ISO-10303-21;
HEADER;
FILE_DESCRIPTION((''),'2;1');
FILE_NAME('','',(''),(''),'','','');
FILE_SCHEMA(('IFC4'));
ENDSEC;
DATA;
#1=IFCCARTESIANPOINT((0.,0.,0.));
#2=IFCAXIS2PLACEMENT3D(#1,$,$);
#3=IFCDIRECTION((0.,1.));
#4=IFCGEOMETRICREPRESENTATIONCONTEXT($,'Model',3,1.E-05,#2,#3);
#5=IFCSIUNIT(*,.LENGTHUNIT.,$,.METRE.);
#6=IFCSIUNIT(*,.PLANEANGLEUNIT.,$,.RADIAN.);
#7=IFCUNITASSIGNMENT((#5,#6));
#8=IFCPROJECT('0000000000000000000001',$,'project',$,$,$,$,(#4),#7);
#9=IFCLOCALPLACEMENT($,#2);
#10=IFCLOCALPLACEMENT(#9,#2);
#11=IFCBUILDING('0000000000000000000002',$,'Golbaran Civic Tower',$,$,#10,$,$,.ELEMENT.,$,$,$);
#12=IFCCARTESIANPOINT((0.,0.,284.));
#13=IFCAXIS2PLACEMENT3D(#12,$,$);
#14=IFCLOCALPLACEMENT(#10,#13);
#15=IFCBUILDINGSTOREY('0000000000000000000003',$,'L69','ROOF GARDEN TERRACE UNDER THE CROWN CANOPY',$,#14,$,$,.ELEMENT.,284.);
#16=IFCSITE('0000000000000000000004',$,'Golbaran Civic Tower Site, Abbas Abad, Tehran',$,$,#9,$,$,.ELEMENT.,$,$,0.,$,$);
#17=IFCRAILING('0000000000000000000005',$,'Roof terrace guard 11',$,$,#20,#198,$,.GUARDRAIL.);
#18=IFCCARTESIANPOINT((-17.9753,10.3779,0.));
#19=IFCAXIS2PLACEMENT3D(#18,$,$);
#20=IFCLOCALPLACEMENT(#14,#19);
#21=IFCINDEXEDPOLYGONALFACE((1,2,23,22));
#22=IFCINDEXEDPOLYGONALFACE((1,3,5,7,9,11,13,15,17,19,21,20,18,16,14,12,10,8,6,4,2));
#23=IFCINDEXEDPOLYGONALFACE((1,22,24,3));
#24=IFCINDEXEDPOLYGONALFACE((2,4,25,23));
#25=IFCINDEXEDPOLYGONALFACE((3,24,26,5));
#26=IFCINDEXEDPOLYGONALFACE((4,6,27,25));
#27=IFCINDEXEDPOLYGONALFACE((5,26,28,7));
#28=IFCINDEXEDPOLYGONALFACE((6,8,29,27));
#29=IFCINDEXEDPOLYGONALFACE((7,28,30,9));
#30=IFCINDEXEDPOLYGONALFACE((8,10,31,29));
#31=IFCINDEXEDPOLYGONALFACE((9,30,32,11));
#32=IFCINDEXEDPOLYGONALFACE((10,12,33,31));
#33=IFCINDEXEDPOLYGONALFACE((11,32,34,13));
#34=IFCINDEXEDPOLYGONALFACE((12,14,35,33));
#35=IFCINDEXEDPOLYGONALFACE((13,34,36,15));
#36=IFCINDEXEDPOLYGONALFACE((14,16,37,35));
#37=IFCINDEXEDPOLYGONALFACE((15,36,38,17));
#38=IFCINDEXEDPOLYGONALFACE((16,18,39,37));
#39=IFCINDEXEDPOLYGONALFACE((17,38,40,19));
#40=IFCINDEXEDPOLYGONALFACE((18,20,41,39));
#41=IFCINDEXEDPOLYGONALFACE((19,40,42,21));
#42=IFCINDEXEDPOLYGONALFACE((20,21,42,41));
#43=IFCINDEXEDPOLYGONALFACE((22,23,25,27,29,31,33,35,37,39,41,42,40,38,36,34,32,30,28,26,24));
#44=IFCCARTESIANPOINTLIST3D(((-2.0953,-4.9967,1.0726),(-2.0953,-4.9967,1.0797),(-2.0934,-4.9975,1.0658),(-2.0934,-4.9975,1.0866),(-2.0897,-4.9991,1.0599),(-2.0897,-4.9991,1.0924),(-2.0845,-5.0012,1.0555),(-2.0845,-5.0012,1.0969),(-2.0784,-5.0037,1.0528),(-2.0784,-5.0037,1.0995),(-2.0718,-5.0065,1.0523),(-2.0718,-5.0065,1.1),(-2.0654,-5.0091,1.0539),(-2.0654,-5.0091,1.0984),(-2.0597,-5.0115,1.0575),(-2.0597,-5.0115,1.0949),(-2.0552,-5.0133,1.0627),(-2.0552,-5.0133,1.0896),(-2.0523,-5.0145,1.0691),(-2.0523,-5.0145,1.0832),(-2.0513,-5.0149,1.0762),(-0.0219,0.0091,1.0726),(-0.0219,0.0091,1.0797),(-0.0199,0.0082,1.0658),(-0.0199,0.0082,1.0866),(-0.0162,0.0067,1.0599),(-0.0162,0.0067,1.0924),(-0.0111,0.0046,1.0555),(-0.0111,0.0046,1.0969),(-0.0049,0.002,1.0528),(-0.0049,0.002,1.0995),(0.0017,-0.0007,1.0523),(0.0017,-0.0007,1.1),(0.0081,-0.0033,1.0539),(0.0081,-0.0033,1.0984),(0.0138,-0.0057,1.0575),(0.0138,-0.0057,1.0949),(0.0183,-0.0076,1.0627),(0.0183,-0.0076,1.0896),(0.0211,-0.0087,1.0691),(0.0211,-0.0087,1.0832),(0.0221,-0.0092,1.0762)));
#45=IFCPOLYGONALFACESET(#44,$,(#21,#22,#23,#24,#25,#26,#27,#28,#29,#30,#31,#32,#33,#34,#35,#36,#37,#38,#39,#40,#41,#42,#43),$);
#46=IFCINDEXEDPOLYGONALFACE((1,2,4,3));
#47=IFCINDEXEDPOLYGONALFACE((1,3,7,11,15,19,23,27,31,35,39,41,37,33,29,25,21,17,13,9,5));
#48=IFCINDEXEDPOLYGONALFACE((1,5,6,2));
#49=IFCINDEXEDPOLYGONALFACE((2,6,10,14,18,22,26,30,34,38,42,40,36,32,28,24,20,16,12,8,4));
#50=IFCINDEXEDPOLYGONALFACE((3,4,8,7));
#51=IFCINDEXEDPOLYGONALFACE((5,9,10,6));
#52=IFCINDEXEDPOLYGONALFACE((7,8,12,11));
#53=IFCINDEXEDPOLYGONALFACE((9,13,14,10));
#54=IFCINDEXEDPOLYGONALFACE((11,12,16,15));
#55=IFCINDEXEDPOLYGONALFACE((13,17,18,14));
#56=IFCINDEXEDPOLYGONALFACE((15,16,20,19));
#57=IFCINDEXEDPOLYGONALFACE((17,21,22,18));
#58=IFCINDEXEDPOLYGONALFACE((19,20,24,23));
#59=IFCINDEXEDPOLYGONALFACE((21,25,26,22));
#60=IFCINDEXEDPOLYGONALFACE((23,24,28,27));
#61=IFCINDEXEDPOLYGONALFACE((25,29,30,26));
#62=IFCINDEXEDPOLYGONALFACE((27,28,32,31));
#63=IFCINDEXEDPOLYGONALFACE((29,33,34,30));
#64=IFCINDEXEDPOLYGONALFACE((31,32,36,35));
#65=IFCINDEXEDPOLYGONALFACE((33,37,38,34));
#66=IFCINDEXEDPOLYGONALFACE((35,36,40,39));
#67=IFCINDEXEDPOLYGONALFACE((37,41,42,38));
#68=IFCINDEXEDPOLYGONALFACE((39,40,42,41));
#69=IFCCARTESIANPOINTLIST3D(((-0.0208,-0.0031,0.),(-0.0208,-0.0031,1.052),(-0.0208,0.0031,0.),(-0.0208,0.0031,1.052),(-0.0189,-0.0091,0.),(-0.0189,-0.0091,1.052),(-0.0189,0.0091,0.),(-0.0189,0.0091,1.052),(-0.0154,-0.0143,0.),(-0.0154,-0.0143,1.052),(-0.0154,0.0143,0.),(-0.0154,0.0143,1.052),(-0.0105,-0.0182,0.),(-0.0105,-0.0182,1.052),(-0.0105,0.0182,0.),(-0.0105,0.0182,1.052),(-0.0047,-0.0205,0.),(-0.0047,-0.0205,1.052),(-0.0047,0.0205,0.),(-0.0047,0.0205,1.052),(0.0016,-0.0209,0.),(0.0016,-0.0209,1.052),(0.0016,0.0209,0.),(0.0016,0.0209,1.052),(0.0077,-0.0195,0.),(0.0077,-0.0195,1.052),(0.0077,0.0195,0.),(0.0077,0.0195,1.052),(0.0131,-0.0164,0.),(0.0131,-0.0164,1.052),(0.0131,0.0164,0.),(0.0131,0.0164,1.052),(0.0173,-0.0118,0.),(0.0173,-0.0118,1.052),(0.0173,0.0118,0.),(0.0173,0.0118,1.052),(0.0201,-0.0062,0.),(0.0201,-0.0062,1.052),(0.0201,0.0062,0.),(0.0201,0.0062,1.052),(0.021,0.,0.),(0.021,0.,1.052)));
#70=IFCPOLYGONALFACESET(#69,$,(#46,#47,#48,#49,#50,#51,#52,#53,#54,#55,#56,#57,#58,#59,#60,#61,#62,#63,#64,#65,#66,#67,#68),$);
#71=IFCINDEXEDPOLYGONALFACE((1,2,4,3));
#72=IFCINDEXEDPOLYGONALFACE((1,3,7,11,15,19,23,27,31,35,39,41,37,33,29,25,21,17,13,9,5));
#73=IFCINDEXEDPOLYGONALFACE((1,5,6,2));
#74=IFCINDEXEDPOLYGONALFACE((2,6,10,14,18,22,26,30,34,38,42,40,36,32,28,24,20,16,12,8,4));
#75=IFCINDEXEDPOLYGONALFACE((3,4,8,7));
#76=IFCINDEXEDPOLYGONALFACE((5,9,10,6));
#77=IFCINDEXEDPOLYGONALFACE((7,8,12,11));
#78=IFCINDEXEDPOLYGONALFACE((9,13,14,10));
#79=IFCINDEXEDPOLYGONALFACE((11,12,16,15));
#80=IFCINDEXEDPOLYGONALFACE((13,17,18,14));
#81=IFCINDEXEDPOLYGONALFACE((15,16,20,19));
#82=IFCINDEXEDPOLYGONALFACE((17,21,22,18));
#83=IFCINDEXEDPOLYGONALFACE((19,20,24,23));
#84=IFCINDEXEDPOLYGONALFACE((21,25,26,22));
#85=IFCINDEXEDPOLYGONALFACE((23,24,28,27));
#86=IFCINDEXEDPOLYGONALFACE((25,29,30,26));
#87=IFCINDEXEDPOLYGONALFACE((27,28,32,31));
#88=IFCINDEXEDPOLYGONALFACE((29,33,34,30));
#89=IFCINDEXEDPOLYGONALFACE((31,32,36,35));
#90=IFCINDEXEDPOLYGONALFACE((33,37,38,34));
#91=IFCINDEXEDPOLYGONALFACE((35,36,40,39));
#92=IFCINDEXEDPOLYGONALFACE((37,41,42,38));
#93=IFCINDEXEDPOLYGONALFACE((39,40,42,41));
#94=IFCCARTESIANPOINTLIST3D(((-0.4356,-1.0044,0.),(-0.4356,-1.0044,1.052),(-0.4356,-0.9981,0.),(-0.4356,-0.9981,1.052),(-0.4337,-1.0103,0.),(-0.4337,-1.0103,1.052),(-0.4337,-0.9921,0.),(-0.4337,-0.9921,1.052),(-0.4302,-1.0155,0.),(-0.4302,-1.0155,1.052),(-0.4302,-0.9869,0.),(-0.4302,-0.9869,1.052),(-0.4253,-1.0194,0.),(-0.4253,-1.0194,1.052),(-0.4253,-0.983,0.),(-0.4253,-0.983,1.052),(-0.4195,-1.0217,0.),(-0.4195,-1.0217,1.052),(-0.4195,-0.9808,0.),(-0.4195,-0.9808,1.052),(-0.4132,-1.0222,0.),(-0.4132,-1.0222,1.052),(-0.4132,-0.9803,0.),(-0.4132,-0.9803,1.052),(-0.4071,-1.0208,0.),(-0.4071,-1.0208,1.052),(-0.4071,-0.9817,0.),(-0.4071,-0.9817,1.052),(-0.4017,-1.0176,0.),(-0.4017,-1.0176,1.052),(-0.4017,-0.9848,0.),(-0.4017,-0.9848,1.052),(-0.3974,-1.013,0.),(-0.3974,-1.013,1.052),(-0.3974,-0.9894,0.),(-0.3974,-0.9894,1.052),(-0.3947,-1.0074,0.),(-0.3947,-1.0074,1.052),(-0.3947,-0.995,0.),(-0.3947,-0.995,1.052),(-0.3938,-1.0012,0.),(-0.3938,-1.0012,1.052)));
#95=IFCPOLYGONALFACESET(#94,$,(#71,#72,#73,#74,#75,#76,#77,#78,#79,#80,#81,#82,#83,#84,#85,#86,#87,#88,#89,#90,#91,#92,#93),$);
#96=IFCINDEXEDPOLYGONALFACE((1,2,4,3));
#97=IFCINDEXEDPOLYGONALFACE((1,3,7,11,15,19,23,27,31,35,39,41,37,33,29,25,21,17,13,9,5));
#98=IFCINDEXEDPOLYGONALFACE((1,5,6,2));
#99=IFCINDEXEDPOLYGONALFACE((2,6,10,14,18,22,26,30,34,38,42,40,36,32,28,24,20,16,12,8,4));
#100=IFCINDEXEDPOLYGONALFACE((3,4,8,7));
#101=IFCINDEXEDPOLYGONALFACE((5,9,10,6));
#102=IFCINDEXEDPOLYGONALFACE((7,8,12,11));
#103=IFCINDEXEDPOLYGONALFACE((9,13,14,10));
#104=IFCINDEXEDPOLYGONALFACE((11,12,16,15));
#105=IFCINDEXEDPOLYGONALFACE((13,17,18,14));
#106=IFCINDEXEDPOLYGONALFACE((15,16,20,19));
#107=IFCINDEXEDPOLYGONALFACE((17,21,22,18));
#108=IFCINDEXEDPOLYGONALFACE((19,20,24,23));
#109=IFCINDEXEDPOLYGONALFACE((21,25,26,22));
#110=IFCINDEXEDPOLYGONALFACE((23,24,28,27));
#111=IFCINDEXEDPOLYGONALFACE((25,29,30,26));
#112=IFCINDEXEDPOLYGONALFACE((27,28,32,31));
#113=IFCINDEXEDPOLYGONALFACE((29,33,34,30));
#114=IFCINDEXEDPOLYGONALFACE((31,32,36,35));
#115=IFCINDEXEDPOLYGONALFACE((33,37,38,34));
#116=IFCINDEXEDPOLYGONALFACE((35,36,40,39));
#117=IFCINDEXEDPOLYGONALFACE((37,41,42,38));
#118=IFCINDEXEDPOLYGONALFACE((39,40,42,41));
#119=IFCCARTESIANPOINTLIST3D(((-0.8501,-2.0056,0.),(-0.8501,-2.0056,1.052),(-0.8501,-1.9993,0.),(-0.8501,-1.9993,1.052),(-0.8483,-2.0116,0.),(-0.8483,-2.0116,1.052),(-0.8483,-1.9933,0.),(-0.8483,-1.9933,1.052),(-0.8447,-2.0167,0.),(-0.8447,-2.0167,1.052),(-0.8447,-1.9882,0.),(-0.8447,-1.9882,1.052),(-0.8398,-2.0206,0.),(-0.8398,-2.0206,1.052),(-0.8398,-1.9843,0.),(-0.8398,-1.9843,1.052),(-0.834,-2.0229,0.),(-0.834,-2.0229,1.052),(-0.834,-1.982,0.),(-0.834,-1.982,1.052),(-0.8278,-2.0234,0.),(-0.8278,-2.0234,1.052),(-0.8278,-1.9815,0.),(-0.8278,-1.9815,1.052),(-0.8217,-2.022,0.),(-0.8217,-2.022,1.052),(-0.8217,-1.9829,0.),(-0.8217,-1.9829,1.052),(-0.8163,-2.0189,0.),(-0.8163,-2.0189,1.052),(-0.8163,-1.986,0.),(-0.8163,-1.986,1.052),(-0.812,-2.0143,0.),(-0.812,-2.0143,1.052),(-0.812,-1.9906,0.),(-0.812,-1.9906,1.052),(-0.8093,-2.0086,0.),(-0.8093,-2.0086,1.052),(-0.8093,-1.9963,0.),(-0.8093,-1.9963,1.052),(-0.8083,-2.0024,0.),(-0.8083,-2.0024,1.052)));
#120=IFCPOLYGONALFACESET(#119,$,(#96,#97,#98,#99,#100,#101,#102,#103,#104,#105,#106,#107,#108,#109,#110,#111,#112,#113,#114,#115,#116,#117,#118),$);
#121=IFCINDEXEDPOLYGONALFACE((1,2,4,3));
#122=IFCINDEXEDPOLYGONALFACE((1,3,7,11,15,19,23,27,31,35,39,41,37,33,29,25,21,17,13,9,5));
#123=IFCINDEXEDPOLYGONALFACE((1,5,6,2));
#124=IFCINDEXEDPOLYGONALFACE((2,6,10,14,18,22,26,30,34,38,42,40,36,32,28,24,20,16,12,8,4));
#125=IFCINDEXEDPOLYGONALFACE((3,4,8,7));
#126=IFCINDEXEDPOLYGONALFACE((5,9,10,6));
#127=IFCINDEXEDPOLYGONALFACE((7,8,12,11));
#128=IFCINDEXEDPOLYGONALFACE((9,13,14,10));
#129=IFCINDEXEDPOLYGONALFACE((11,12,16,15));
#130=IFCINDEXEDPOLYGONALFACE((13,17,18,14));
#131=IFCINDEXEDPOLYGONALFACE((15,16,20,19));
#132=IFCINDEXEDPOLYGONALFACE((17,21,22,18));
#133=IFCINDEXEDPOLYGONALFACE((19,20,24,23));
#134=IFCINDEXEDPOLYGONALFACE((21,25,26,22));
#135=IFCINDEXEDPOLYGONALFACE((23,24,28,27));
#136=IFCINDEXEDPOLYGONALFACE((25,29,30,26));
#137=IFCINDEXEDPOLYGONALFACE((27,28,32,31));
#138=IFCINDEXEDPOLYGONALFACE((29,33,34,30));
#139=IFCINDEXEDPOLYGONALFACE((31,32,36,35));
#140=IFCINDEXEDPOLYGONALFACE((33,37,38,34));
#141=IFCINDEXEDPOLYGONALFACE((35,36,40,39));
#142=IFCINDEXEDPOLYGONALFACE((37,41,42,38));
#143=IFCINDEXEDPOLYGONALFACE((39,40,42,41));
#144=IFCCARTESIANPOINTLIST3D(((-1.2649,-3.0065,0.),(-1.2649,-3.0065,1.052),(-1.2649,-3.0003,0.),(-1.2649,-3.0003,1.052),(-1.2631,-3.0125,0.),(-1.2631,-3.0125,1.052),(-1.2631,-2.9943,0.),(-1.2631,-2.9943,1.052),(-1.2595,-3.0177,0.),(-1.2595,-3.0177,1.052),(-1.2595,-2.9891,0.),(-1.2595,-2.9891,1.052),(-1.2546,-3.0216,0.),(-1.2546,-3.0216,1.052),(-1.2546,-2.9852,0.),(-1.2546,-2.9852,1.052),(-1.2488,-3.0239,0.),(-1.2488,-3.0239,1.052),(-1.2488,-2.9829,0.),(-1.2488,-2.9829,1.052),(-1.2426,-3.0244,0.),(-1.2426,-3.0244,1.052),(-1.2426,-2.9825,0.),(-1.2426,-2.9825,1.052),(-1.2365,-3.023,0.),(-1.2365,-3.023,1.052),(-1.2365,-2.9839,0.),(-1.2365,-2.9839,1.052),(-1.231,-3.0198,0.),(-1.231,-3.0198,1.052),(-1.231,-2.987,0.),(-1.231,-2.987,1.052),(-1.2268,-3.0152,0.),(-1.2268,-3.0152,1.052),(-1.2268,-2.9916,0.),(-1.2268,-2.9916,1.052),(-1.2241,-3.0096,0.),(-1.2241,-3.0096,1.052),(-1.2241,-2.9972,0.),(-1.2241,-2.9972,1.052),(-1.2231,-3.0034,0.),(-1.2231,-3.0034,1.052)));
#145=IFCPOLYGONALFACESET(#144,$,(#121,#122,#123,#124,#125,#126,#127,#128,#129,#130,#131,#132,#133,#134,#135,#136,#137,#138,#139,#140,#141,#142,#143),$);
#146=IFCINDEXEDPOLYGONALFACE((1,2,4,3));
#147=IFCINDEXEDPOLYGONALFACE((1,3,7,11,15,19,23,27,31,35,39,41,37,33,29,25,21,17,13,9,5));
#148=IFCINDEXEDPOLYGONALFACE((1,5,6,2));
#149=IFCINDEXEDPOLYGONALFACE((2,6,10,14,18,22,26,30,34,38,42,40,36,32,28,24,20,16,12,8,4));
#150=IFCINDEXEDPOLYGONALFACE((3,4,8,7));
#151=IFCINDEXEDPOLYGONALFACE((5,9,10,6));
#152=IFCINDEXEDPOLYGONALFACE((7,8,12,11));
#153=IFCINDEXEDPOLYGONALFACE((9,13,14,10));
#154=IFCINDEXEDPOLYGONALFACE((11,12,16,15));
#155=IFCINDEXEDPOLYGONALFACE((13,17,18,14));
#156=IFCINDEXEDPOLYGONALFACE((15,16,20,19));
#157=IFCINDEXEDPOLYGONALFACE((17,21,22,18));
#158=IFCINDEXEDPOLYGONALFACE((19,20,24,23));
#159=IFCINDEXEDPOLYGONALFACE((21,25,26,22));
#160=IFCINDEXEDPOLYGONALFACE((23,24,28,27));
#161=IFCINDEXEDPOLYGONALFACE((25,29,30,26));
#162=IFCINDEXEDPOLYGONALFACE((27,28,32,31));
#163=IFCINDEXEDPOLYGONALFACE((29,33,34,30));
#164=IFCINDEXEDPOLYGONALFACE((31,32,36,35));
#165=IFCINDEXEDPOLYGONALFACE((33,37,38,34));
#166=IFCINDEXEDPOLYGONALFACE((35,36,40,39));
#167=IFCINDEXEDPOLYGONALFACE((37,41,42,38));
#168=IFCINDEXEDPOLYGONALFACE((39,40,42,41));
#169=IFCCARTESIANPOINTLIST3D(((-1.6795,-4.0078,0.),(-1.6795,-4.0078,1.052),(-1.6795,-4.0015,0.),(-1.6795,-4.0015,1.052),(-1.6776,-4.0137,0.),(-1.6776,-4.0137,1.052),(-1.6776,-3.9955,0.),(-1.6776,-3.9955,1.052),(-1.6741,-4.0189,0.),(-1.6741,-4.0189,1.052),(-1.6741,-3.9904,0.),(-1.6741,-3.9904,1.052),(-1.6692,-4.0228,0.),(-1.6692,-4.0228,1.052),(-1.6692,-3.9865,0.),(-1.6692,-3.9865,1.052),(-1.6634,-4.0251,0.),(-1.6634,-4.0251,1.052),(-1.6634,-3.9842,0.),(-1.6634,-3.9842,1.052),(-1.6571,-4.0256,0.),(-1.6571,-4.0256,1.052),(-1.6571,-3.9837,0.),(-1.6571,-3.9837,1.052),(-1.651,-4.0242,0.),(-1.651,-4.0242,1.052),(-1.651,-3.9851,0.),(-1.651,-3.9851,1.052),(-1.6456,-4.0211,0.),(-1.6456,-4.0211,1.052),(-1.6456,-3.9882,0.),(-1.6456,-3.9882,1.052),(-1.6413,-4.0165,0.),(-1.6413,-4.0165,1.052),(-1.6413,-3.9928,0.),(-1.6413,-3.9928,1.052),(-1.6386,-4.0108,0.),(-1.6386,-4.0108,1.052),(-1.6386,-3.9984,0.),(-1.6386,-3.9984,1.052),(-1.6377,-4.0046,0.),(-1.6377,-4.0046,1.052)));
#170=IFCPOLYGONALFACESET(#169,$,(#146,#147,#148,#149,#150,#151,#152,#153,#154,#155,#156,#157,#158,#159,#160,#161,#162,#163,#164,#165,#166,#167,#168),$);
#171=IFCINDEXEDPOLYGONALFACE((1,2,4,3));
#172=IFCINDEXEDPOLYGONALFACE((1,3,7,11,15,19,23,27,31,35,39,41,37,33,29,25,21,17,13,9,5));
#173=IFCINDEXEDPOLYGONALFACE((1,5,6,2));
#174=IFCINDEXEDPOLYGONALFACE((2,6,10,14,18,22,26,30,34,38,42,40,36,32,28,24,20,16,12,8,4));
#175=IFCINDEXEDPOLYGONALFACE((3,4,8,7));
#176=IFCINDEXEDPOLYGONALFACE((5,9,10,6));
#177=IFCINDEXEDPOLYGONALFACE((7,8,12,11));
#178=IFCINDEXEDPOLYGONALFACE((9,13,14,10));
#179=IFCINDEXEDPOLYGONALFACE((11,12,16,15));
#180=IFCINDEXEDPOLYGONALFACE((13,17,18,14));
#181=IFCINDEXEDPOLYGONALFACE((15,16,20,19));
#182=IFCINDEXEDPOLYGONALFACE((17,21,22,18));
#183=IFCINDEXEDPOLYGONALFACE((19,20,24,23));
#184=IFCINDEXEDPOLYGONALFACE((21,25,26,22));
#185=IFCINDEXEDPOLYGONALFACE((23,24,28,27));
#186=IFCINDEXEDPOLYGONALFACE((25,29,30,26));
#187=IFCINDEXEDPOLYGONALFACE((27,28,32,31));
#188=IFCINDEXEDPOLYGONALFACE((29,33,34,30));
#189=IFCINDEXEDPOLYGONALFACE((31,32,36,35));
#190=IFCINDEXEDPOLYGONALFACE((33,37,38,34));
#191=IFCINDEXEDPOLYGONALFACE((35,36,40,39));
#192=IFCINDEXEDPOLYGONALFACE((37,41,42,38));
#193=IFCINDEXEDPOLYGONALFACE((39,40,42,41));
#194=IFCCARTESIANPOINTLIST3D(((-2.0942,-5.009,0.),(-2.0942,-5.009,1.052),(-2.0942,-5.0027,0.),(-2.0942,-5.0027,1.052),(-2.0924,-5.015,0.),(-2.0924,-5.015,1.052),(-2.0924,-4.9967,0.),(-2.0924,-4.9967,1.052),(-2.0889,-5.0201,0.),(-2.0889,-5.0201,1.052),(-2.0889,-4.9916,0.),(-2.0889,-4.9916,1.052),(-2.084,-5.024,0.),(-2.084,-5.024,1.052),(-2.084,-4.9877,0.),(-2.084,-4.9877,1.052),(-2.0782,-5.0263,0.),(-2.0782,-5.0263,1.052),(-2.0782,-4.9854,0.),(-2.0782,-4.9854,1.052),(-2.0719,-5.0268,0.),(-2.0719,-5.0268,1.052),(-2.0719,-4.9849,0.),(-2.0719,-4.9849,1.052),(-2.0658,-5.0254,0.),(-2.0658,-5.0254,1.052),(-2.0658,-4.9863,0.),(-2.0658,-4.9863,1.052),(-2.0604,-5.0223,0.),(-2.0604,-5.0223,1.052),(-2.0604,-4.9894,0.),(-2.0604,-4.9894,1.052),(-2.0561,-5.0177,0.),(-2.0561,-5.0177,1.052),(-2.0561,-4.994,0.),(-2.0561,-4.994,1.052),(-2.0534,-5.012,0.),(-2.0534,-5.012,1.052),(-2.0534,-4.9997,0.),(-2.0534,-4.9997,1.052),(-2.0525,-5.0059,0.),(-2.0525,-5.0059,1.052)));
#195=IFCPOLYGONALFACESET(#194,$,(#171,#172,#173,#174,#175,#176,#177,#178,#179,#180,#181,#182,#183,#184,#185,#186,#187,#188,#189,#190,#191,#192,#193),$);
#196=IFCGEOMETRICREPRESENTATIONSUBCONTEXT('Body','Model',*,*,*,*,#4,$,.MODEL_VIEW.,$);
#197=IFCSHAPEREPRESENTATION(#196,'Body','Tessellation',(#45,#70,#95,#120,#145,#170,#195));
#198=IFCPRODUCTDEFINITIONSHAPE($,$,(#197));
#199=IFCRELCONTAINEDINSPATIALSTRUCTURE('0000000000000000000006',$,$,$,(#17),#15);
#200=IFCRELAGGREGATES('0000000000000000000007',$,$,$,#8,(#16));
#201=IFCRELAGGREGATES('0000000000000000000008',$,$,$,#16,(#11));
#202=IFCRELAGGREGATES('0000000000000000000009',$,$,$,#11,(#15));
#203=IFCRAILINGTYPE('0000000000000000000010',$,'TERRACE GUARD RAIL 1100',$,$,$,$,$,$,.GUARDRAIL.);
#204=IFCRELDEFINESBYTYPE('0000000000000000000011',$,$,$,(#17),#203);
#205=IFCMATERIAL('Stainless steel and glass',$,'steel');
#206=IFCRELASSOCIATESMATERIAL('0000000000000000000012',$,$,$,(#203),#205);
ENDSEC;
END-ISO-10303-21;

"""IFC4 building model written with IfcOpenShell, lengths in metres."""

from ifc_helpers import new_model, si_unit, direction, frame, origin, origin_2d, place, context, subcontext, project, spatial, circle, extrude, material, type_object, element, save


model = new_model("IFC4")

# Units and contexts
model_context = context("Model", 3, precision=1e-05, world=origin(), true_north=direction((0.0, 1.0)))
body_context = subcontext(model_context, "Body", "Model", "MODEL_VIEW")
ifc_project = project(units=[si_unit("LENGTHUNIT", "METRE"), si_unit("PLANEANGLEUNIT", "RADIAN")], contexts=[model_context])

# Site, building, storey
site_placement = place(None, origin())
site = spatial("IfcSite", under=ifc_project, at=site_placement, Name="Golbaran Civic Tower Site, Abbas Abad, Tehran", CompositionType="ELEMENT", RefElevation=0.0)
building_placement = place(site_placement, origin())
building = spatial("IfcBuilding", under=site, at=building_placement, Name="Golbaran Civic Tower", CompositionType="ELEMENT")
storey_placement = place(building_placement, frame((0.0, 0.0, 284.0)))
storey = spatial("IfcBuildingStorey", under=building, at=storey_placement, Name="L69", Description="ROOF GARDEN TERRACE UNDER THE CROWN CANOPY", CompositionType="ELEMENT", Elevation=284.0)

# Railing
ifc_material_1 = material(Name="Stainless steel and glass", Category="steel")
railing_type = type_object("IfcRailingType", Name="TERRACE GUARD RAIL 1100", PredefinedType="GUARDRAIL", material=ifc_material_1)
railing_1_placement = place(storey_placement, frame((-17.9753, 10.3779, 0.0)))
element("IfcRailing", 1, at=railing_1_placement, inside=storey, type_object=railing_type, Name="Roof terrace guard 11", PredefinedType="GUARDRAIL", context=body_context, shape_type="SweptSolid", body=[
    extrude(circle(Radius=0.0239, at=origin_2d()), frame((0.0, 0.0, 1.0762), z_axis=(-0.382682, -0.92388, 0.0), x_axis=(0.92388, -0.382682, 0.0)), (0.0, 0.0, 1.0), 5.4182),
    extrude(circle(Radius=0.021, at=origin_2d()), origin(), (0.0, 0.0, 1.0), 1.052),
    extrude(circle(Radius=0.021, at=origin_2d()), frame((-0.4148, -1.0012, 0.0)), (0.0, 0.0, 1.0), 1.052),
    extrude(circle(Radius=0.021, at=origin_2d()), frame((-0.8293, -2.0024, 0.0)), (0.0, 0.0, 1.0), 1.052),
    extrude(circle(Radius=0.021, at=origin_2d()), frame((-1.2441, -3.0034, 0.0)), (0.0, 0.0, 1.0), 1.052),
    extrude(circle(Radius=0.021, at=origin_2d()), frame((-1.6587, -4.0046, 0.0)), (0.0, 0.0, 1.0), 1.052),
    extrude(circle(Radius=0.021, at=origin_2d()), frame((-2.0735, -5.0059, 0.0)), (0.0, 0.0, 1.0), 1.052),
])

save(model, "model.ifc")
